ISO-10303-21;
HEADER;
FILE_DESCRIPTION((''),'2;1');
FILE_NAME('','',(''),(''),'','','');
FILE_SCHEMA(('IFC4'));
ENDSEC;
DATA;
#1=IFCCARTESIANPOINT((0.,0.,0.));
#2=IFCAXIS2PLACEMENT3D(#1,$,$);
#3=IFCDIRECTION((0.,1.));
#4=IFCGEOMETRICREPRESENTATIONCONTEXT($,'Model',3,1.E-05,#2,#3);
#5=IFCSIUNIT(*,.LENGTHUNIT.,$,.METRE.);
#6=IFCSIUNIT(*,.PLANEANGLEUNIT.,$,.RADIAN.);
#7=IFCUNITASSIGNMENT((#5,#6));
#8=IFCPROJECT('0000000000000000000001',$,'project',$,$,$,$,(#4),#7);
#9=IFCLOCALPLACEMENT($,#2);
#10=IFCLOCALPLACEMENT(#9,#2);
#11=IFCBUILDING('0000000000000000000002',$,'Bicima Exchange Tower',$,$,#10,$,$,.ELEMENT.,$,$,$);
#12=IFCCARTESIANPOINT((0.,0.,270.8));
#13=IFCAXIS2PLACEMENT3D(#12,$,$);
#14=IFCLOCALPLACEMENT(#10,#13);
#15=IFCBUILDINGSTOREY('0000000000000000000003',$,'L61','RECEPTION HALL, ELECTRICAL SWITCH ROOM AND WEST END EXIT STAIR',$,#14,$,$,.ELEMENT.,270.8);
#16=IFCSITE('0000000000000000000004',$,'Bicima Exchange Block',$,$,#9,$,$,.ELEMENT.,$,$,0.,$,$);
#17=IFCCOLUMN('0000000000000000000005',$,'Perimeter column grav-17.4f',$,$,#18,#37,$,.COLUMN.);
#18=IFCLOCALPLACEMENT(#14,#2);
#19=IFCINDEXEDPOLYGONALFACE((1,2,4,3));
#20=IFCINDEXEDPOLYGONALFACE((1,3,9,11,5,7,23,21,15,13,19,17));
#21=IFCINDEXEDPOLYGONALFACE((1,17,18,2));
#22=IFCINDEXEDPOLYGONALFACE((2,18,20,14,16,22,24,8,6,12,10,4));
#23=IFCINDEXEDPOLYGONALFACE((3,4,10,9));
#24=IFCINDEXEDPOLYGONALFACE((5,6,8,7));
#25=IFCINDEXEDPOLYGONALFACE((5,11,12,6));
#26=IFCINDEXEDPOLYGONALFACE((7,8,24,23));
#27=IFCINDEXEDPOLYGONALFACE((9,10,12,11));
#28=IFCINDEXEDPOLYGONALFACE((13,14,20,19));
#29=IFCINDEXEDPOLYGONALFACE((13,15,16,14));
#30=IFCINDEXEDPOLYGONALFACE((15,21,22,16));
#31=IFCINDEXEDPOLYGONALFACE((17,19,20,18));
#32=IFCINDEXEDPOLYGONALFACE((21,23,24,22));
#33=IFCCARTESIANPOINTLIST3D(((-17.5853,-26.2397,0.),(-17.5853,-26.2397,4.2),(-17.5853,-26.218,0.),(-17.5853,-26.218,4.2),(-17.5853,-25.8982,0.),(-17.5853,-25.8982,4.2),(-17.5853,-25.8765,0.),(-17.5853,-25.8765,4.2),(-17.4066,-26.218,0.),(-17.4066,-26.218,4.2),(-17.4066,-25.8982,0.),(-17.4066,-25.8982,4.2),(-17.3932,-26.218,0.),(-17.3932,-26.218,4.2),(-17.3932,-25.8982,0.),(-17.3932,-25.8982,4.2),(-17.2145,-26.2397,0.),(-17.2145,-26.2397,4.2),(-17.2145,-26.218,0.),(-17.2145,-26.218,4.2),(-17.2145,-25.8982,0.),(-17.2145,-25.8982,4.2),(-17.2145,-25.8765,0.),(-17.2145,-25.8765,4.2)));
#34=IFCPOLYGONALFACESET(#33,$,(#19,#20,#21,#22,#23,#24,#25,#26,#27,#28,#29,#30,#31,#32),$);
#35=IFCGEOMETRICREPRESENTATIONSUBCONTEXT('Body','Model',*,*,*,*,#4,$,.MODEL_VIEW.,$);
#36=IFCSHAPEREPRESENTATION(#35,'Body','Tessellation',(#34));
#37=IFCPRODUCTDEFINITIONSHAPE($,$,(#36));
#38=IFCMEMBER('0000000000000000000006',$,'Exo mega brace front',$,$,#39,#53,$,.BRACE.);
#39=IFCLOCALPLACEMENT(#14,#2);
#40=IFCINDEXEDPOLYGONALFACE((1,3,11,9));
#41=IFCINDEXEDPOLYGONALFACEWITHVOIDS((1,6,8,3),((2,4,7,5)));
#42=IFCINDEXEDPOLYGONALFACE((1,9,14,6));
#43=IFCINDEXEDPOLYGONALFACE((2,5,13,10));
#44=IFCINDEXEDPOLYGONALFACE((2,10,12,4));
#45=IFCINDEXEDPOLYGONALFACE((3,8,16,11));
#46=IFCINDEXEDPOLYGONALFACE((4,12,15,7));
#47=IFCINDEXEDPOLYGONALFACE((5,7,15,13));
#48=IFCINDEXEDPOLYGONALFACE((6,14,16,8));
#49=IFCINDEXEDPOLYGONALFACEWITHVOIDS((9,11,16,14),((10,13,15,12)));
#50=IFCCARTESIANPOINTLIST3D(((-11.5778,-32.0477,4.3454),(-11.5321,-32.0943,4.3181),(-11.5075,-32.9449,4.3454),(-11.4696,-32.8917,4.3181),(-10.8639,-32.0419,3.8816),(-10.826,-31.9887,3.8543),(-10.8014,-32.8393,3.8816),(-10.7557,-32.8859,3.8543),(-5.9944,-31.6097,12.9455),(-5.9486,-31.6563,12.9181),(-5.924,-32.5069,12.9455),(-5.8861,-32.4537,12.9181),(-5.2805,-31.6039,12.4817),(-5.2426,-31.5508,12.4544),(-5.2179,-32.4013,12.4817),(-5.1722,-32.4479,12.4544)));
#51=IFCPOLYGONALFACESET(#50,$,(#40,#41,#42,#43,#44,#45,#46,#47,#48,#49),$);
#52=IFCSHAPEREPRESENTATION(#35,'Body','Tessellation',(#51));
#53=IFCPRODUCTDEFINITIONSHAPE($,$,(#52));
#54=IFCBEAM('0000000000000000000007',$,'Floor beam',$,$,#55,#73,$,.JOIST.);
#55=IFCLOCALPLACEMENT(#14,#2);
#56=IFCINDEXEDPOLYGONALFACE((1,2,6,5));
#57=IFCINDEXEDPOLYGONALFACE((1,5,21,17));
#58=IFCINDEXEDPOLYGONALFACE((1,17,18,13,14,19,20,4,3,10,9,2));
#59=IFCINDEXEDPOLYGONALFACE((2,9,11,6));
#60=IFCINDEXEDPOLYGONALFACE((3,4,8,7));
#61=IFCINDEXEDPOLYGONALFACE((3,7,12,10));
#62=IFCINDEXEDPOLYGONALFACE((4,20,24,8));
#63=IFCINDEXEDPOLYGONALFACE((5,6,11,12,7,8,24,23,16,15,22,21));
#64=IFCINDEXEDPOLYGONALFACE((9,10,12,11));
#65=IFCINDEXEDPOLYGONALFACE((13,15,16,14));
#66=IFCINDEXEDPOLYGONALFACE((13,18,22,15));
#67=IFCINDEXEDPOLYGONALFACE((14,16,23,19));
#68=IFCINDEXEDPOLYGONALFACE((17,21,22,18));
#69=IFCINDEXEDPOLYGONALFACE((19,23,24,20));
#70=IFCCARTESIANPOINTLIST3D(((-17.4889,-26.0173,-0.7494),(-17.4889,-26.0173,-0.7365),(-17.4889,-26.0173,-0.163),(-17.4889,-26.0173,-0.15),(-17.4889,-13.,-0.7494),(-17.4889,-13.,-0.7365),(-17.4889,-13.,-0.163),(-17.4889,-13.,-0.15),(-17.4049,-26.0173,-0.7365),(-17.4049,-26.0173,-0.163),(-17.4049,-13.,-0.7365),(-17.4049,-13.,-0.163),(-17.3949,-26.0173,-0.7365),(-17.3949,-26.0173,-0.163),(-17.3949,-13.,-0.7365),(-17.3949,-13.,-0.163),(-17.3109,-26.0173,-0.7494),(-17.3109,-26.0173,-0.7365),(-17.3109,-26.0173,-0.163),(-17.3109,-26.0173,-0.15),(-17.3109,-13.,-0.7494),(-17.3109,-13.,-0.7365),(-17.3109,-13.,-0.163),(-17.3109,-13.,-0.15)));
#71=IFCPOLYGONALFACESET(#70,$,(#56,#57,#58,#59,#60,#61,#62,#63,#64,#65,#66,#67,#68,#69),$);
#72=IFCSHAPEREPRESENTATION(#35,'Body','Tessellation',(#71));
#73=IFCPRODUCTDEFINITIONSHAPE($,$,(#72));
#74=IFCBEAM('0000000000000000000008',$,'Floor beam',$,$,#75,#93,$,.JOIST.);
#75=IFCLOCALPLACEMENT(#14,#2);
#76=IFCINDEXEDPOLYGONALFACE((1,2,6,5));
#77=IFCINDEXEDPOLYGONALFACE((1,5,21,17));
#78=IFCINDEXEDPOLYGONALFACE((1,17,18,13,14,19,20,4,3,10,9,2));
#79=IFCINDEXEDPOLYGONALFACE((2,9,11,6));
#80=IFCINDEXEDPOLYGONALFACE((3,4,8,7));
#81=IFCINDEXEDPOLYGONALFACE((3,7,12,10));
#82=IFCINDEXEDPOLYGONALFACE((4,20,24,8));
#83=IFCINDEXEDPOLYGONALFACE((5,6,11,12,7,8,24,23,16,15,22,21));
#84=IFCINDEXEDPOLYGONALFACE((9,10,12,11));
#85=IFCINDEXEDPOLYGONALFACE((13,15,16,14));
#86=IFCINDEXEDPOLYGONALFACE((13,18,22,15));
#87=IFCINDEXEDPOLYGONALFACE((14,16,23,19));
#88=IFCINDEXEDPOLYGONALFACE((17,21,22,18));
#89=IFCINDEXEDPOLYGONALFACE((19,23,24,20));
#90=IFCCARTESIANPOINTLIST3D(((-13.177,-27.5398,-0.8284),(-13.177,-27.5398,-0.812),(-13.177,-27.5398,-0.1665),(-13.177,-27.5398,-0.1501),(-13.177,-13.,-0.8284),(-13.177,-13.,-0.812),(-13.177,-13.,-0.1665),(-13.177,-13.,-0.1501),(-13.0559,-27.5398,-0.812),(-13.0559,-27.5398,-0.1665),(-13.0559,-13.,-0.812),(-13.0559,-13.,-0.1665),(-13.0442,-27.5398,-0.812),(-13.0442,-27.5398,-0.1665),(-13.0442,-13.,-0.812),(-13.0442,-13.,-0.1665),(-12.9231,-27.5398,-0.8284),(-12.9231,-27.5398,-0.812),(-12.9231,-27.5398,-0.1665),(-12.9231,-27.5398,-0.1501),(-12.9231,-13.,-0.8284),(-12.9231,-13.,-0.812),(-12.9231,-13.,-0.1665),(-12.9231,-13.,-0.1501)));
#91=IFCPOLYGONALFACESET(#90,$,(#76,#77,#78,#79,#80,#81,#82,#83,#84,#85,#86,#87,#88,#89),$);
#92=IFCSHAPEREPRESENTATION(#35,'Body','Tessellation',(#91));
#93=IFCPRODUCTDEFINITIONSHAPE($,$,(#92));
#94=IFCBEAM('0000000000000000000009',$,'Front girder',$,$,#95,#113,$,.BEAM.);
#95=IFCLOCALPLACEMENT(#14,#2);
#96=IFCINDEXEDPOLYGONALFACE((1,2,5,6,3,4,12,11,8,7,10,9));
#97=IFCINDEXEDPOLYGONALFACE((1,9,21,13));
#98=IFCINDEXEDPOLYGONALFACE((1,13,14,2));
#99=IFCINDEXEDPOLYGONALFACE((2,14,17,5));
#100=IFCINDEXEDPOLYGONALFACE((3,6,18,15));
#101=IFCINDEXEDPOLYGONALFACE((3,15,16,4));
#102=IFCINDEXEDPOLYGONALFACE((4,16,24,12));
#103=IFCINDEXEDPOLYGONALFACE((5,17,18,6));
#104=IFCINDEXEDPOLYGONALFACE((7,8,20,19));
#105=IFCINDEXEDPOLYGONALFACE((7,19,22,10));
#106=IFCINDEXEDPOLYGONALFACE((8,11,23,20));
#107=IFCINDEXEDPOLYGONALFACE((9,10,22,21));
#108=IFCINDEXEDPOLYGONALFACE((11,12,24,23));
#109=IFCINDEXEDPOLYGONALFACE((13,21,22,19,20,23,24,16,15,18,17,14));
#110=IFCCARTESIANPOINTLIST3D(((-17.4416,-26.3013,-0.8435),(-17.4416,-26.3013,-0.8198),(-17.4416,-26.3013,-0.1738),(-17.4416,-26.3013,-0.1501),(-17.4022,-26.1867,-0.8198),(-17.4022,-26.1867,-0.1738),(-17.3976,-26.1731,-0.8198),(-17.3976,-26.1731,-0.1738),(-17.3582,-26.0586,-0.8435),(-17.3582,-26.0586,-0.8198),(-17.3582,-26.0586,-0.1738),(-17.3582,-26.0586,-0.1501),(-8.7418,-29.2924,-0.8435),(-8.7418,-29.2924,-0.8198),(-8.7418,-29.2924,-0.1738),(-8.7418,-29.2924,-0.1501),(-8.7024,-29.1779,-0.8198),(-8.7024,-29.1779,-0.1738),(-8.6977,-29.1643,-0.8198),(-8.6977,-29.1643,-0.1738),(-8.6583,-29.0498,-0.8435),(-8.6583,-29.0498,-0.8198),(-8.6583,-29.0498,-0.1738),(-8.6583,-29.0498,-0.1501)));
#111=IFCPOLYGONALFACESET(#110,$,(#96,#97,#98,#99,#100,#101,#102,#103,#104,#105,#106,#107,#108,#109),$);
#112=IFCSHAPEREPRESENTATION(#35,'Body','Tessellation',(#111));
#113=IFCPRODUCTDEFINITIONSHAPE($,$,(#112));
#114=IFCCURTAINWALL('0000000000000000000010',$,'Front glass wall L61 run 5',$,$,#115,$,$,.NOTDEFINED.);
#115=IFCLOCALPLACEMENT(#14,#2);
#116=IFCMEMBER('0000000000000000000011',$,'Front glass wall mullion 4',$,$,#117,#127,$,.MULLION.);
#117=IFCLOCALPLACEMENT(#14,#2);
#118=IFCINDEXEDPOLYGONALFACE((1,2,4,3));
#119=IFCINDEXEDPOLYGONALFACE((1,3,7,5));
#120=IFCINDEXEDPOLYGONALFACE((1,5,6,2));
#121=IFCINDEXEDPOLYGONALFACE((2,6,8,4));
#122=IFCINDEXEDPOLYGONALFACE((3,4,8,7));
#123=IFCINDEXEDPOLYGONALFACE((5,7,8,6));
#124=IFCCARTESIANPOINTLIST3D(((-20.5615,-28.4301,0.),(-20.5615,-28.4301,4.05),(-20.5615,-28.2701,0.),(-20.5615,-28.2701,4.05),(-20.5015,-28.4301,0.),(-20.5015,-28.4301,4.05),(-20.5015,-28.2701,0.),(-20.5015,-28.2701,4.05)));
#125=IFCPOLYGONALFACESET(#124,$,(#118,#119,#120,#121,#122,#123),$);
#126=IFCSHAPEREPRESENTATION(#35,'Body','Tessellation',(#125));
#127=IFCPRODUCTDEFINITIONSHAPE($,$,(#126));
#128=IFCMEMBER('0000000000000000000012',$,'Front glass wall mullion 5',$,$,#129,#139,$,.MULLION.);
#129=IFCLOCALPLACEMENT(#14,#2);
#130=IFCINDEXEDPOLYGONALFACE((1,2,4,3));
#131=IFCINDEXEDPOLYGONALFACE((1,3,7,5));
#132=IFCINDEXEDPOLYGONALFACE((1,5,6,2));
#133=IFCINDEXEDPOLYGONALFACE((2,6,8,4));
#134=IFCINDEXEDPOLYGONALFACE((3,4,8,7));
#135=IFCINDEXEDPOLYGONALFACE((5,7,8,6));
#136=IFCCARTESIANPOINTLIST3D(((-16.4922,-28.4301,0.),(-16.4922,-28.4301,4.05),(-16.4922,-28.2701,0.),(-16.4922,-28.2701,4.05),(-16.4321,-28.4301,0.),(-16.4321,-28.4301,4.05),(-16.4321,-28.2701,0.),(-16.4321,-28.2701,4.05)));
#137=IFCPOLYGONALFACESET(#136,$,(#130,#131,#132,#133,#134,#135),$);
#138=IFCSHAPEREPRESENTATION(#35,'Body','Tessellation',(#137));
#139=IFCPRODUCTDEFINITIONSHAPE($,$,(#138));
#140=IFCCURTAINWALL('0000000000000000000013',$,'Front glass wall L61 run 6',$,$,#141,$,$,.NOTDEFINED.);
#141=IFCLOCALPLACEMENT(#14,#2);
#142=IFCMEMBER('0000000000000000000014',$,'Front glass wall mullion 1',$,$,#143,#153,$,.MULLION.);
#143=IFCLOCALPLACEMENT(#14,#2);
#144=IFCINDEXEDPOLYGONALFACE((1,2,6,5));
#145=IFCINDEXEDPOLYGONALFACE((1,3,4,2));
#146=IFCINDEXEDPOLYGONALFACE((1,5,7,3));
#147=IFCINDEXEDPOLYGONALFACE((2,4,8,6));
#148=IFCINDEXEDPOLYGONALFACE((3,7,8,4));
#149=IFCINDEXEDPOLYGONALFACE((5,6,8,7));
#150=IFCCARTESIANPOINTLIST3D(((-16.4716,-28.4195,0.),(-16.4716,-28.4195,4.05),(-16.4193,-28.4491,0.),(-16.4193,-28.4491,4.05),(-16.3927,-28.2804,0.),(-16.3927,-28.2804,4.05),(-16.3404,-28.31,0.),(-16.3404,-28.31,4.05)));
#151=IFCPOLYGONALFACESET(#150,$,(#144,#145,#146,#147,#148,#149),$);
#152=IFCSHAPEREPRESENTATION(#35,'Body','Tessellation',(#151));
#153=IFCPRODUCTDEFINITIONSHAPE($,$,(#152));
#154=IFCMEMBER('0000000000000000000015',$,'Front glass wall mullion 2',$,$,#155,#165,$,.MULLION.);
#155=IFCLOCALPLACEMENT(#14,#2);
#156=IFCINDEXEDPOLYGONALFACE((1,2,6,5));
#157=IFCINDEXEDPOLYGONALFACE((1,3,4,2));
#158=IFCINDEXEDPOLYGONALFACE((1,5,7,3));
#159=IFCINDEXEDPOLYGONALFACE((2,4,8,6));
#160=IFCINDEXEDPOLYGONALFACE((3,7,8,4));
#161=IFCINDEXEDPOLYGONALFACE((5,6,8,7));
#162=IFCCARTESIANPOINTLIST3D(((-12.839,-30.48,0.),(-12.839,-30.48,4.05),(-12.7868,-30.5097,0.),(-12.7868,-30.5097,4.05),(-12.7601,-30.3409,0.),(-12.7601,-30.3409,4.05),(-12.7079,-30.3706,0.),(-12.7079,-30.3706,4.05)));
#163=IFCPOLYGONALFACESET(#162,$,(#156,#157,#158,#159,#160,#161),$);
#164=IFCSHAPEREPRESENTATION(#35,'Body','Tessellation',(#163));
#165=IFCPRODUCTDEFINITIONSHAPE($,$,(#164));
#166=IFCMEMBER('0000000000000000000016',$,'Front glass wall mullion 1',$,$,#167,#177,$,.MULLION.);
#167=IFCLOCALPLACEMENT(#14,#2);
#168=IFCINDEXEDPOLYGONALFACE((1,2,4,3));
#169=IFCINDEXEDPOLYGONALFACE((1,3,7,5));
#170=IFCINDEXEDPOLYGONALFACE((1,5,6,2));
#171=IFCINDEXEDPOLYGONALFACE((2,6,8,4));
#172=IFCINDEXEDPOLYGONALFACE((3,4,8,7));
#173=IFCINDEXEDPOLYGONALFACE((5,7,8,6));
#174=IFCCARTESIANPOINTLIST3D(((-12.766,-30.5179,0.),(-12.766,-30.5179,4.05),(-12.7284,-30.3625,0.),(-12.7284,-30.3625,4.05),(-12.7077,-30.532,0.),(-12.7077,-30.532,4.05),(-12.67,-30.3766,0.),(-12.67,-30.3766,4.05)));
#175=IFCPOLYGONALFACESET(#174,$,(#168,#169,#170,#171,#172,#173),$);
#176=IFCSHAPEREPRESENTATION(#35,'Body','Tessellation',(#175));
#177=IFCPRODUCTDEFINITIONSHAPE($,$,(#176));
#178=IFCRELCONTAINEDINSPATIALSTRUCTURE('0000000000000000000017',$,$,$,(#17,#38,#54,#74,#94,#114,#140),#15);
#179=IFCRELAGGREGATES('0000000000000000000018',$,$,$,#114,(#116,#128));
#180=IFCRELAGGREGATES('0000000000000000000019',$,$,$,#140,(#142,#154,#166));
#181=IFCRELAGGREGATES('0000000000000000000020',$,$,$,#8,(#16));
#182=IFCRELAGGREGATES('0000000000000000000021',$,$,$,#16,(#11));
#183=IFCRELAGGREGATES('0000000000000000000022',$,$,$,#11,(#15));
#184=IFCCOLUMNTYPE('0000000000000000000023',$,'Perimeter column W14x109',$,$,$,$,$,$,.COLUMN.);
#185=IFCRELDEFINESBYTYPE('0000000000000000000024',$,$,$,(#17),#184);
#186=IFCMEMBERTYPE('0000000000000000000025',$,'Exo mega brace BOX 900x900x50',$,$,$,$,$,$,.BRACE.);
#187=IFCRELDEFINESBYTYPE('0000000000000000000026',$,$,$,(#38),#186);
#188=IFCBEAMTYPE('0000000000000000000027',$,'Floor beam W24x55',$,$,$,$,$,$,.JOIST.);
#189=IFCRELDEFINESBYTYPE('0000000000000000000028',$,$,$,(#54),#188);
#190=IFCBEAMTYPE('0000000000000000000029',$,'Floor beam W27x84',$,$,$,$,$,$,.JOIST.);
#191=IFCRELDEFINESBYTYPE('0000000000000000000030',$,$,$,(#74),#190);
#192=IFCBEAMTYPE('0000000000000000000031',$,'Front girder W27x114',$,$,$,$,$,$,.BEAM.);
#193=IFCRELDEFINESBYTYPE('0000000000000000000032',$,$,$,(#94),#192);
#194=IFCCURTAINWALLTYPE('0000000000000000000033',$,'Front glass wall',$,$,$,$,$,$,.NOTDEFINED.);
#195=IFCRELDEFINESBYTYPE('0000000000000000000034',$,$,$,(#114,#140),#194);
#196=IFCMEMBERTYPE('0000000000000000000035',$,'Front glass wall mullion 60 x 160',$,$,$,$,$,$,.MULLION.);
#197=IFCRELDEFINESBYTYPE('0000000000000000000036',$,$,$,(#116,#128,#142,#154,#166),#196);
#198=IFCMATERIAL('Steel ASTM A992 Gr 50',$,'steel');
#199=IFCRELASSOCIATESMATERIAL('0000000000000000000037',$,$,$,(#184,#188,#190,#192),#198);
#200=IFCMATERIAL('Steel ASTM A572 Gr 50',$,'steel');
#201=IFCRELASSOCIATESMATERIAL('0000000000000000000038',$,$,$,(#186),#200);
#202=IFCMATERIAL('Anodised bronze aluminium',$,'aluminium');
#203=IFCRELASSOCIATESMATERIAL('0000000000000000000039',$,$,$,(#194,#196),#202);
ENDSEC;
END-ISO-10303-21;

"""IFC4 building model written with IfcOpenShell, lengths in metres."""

from ifc_helpers import new_model, si_unit, direction, frame, origin, origin_2d, place, context, subcontext, project, spatial, rectangle, hollow_rectangle, i_section, extrude, material, material_profile, profile_set, type_object, element, aggregate, save


model = new_model("IFC4")

# Units and contexts
model_context = context("Model", 3, precision=1e-05, world=origin(), true_north=direction((0.0, 1.0)))
body_context = subcontext(model_context, "Body", "Model", "MODEL_VIEW")
ifc_project = project(units=[si_unit("LENGTHUNIT", "METRE"), si_unit("PLANEANGLEUNIT", "RADIAN")], contexts=[model_context])

# Site, building, storey
site_placement = place(None, origin())
site = spatial("IfcSite", under=ifc_project, at=site_placement, Name="Bicima Exchange Block", CompositionType="ELEMENT", RefElevation=0.0)
building_placement = place(site_placement, origin())
building = spatial("IfcBuilding", under=site, at=building_placement, Name="Bicima Exchange Tower", CompositionType="ELEMENT")
storey_placement = place(building_placement, frame((0.0, 0.0, 270.8)))
storey = spatial("IfcBuildingStorey", under=building, at=storey_placement, Name="L61", Description="RECEPTION HALL, ELECTRICAL SWITCH ROOM AND WEST END EXIT STAIR", CompositionType="ELEMENT", Elevation=270.8)

# Column
ifc_material_1 = material(Name="Steel ASTM A992 Gr 50", Category="steel")
ifc_material_profile_1 = material_profile(ifc_material_1, i_section(OverallWidth=0.3708, OverallDepth=0.3633, WebThickness=0.0134, FlangeThickness=0.0217, at=origin_2d()))
ifc_profile_set_1 = profile_set([ifc_material_profile_1], Name="Steel ASTM A992 Gr 50")
column_type = type_object("IfcColumnType", Name="Perimeter column W14x109", PredefinedType="COLUMN", material=ifc_profile_set_1)
column_placement = place(storey_placement, frame((-17.3999, -26.0581, 0.0), z_axis=(0.0, 0.0, 1.0), x_axis=(1.0, 0.0, 0.0)))
element("IfcColumn", 1, at=column_placement, inside=storey, type_object=column_type, Name="Perimeter column grav-17.4f", PredefinedType="COLUMN", context=body_context, shape_type="SweptSolid", body=[
    extrude(i_section(OverallWidth=0.3708, OverallDepth=0.3633, WebThickness=0.0134, FlangeThickness=0.0217, at=origin_2d()), origin(), (0.0, 0.0, 1.0), 4.2),
])

# Member
ifc_material_2 = material(Name="Steel ASTM A572 Gr 50", Category="steel")
ifc_material_profile_2 = material_profile(ifc_material_2, hollow_rectangle(XDim=0.8999, YDim=0.8999, WallThickness=0.05, at=origin_2d()))
ifc_profile_set_2 = profile_set([ifc_material_profile_2], Name="Steel ASTM A572 Gr 50")
member_type_1 = type_object("IfcMemberType", Name="Exo mega brace BOX 900x900x50", PredefinedType="BRACE", material=ifc_profile_set_2)
member_1_placement = place(storey_placement, frame((-11.1667, -32.4668, 4.0999), z_axis=(0.544042, 0.042676, 0.837972), x_axis=(-0.078203, 0.996937, 0.0)))
element("IfcMember", 2, at=member_1_placement, inside=storey, type_object=member_type_1, Name="Exo mega brace front", PredefinedType="BRACE", context=body_context, shape_type="SweptSolid", body=[
    extrude(hollow_rectangle(XDim=0.8999, YDim=0.8999, WallThickness=0.05, at=origin_2d()), origin(), (0.0, 0.0, 1.0), 10.2629),
])

# Beams
ifc_material_profile_3 = material_profile(ifc_material_1, i_section(OverallWidth=0.178, OverallDepth=0.5994, WebThickness=0.01, FlangeThickness=0.0129, at=origin_2d()))
ifc_profile_set_3 = profile_set([ifc_material_profile_3], Name="Steel ASTM A992 Gr 50")
beam_type_1 = type_object("IfcBeamType", Name="Floor beam W24x55", PredefinedType="JOIST", material=ifc_profile_set_3)
beam_1_placement = place(storey_placement, frame((-17.3999, -13.0, -0.4497), z_axis=(0.0, -1.0, 0.0), x_axis=(1.0, 0.0, 0.0)))
element("IfcBeam", 3, at=beam_1_placement, inside=storey, type_object=beam_type_1, Name="Floor beam", PredefinedType="JOIST", context=body_context, shape_type="SweptSolid", body=[
    extrude(i_section(OverallWidth=0.178, OverallDepth=0.5994, WebThickness=0.01, FlangeThickness=0.0129, at=origin_2d()), origin(), (0.0, 0.0, 1.0), 13.0173),
])
ifc_material_profile_4 = material_profile(ifc_material_1, i_section(OverallWidth=0.2539, OverallDepth=0.6782, WebThickness=0.0117, FlangeThickness=0.0164, at=origin_2d()))
ifc_profile_set_4 = profile_set([ifc_material_profile_4], Name="Steel ASTM A992 Gr 50")
beam_type_2 = type_object("IfcBeamType", Name="Floor beam W27x84", PredefinedType="JOIST", material=ifc_profile_set_4)
beam_2_placement = place(storey_placement, frame((-13.05, -13.0, -0.4893), z_axis=(0.0, -1.0, 0.0), x_axis=(1.0, 0.0, 0.0)))
element("IfcBeam", 4, at=beam_2_placement, inside=storey, type_object=beam_type_2, Name="Floor beam", PredefinedType="JOIST", context=body_context, shape_type="SweptSolid", body=[
    extrude(i_section(OverallWidth=0.2539, OverallDepth=0.6782, WebThickness=0.0117, FlangeThickness=0.0164, at=origin_2d()), origin(), (0.0, 0.0, 1.0), 14.5398),
])
ifc_material_profile_5 = material_profile(ifc_material_1, i_section(OverallWidth=0.2566, OverallDepth=0.6934, WebThickness=0.0144, FlangeThickness=0.0237, at=origin_2d()))
ifc_profile_set_5 = profile_set([ifc_material_profile_5], Name="Steel ASTM A992 Gr 50")
beam_type_3 = type_object("IfcBeamType", Name="Front girder W27x114", PredefinedType="BEAM", material=ifc_profile_set_5)
beam_3_placement = place(storey_placement, frame((-17.3999, -26.1799, -0.4968), z_axis=(0.945666, -0.325138, 0.0), x_axis=(0.325138, 0.945666, 0.0)))
element("IfcBeam", 5, at=beam_3_placement, inside=storey, type_object=beam_type_3, Name="Front girder", PredefinedType="BEAM", context=body_context, shape_type="SweptSolid", body=[
    extrude(i_section(OverallWidth=0.2566, OverallDepth=0.6934, WebThickness=0.0144, FlangeThickness=0.0237, at=origin_2d()), origin(), (0.0, 0.0, 1.0), 9.1997),
])

# Curtain walls, members
ifc_material_3 = material(Name="Anodised bronze aluminium", Category="aluminium")
curtain_wall_type = type_object("IfcCurtainWallType", Name="Front glass wall", PredefinedType="NOTDEFINED", material=ifc_material_3)
curtain_wall_1_placement = place(storey_placement, origin())
curtain_wall_1 = element("IfcCurtainWall", 6, at=curtain_wall_1_placement, inside=storey, type_object=curtain_wall_type, Name="Front glass wall L61 run 5", PredefinedType="NOTDEFINED")
ifc_material_profile_6 = material_profile(ifc_material_3, rectangle(XDim=0.1599, YDim=0.0601, at=origin_2d()))
ifc_profile_set_6 = profile_set([ifc_material_profile_6], Name="Anodised bronze aluminium")
member_type_2 = type_object("IfcMemberType", Name="Front glass wall mullion 60 x 160", PredefinedType="MULLION", material=ifc_profile_set_6)
member_2_placement = place(storey_placement, frame((-20.5315, -28.3501, 0.0), z_axis=(0.0, 0.0, 1.0), x_axis=(0.0, 1.0, 0.0)))
member_2 = element("IfcMember", 7, at=member_2_placement, type_object=member_type_2, Name="Front glass wall mullion 4", PredefinedType="MULLION", context=body_context, shape_type="SweptSolid", body=[
    extrude(rectangle(XDim=0.1599, YDim=0.0601, at=origin_2d()), origin(), (0.0, 0.0, 1.0), 4.05),
])
member_3_placement = place(storey_placement, frame((-16.4622, -28.3501, 0.0), z_axis=(0.0, 0.0, 1.0), x_axis=(0.0, 1.0, 0.0)))
member_3 = element("IfcMember", 8, at=member_3_placement, type_object=member_type_2, Name="Front glass wall mullion 5", PredefinedType="MULLION", context=body_context, shape_type="SweptSolid", body=[
    extrude(rectangle(XDim=0.1599, YDim=0.0601, at=origin_2d()), origin(), (0.0, 0.0, 1.0), 4.05),
])
curtain_wall_2_placement = place(storey_placement, origin())
curtain_wall_2 = element("IfcCurtainWall", 9, at=curtain_wall_2_placement, inside=storey, type_object=curtain_wall_type, Name="Front glass wall L61 run 6", PredefinedType="NOTDEFINED")
member_4_placement = place(storey_placement, frame((-16.406, -28.3647, 0.0), z_axis=(0.0, 0.0, 1.0), x_axis=(0.493395, 0.869805, 0.0)))
member_4 = element("IfcMember", 10, at=member_4_placement, type_object=member_type_2, Name="Front glass wall mullion 1", PredefinedType="MULLION", context=body_context, shape_type="SweptSolid", body=[
    extrude(rectangle(XDim=0.1599, YDim=0.0601, at=origin_2d()), origin(), (0.0, 0.0, 1.0), 4.05),
])
member_5_placement = place(storey_placement, frame((-12.7734, -30.4253, 0.0), z_axis=(0.0, 0.0, 1.0), x_axis=(0.493395, 0.869805, 0.0)))
member_5 = element("IfcMember", 11, at=member_5_placement, type_object=member_type_2, Name="Front glass wall mullion 2", PredefinedType="MULLION", context=body_context, shape_type="SweptSolid", body=[
    extrude(rectangle(XDim=0.1599, YDim=0.0601, at=origin_2d()), origin(), (0.0, 0.0, 1.0), 4.05),
])
member_6_placement = place(storey_placement, frame((-12.718, -30.4473, 0.0), z_axis=(0.0, 0.0, 1.0), x_axis=(0.235682, 0.97183, 0.0)))
member_6 = element("IfcMember", 12, at=member_6_placement, type_object=member_type_2, Name="Front glass wall mullion 1", PredefinedType="MULLION", context=body_context, shape_type="SweptSolid", body=[
    extrude(rectangle(XDim=0.1599, YDim=0.0601, at=origin_2d()), origin(), (0.0, 0.0, 1.0), 4.05),
])

aggregate(curtain_wall_1, [member_2, member_3])
aggregate(curtain_wall_2, [member_4, member_5, member_6])

save(model, "model.ifc")
